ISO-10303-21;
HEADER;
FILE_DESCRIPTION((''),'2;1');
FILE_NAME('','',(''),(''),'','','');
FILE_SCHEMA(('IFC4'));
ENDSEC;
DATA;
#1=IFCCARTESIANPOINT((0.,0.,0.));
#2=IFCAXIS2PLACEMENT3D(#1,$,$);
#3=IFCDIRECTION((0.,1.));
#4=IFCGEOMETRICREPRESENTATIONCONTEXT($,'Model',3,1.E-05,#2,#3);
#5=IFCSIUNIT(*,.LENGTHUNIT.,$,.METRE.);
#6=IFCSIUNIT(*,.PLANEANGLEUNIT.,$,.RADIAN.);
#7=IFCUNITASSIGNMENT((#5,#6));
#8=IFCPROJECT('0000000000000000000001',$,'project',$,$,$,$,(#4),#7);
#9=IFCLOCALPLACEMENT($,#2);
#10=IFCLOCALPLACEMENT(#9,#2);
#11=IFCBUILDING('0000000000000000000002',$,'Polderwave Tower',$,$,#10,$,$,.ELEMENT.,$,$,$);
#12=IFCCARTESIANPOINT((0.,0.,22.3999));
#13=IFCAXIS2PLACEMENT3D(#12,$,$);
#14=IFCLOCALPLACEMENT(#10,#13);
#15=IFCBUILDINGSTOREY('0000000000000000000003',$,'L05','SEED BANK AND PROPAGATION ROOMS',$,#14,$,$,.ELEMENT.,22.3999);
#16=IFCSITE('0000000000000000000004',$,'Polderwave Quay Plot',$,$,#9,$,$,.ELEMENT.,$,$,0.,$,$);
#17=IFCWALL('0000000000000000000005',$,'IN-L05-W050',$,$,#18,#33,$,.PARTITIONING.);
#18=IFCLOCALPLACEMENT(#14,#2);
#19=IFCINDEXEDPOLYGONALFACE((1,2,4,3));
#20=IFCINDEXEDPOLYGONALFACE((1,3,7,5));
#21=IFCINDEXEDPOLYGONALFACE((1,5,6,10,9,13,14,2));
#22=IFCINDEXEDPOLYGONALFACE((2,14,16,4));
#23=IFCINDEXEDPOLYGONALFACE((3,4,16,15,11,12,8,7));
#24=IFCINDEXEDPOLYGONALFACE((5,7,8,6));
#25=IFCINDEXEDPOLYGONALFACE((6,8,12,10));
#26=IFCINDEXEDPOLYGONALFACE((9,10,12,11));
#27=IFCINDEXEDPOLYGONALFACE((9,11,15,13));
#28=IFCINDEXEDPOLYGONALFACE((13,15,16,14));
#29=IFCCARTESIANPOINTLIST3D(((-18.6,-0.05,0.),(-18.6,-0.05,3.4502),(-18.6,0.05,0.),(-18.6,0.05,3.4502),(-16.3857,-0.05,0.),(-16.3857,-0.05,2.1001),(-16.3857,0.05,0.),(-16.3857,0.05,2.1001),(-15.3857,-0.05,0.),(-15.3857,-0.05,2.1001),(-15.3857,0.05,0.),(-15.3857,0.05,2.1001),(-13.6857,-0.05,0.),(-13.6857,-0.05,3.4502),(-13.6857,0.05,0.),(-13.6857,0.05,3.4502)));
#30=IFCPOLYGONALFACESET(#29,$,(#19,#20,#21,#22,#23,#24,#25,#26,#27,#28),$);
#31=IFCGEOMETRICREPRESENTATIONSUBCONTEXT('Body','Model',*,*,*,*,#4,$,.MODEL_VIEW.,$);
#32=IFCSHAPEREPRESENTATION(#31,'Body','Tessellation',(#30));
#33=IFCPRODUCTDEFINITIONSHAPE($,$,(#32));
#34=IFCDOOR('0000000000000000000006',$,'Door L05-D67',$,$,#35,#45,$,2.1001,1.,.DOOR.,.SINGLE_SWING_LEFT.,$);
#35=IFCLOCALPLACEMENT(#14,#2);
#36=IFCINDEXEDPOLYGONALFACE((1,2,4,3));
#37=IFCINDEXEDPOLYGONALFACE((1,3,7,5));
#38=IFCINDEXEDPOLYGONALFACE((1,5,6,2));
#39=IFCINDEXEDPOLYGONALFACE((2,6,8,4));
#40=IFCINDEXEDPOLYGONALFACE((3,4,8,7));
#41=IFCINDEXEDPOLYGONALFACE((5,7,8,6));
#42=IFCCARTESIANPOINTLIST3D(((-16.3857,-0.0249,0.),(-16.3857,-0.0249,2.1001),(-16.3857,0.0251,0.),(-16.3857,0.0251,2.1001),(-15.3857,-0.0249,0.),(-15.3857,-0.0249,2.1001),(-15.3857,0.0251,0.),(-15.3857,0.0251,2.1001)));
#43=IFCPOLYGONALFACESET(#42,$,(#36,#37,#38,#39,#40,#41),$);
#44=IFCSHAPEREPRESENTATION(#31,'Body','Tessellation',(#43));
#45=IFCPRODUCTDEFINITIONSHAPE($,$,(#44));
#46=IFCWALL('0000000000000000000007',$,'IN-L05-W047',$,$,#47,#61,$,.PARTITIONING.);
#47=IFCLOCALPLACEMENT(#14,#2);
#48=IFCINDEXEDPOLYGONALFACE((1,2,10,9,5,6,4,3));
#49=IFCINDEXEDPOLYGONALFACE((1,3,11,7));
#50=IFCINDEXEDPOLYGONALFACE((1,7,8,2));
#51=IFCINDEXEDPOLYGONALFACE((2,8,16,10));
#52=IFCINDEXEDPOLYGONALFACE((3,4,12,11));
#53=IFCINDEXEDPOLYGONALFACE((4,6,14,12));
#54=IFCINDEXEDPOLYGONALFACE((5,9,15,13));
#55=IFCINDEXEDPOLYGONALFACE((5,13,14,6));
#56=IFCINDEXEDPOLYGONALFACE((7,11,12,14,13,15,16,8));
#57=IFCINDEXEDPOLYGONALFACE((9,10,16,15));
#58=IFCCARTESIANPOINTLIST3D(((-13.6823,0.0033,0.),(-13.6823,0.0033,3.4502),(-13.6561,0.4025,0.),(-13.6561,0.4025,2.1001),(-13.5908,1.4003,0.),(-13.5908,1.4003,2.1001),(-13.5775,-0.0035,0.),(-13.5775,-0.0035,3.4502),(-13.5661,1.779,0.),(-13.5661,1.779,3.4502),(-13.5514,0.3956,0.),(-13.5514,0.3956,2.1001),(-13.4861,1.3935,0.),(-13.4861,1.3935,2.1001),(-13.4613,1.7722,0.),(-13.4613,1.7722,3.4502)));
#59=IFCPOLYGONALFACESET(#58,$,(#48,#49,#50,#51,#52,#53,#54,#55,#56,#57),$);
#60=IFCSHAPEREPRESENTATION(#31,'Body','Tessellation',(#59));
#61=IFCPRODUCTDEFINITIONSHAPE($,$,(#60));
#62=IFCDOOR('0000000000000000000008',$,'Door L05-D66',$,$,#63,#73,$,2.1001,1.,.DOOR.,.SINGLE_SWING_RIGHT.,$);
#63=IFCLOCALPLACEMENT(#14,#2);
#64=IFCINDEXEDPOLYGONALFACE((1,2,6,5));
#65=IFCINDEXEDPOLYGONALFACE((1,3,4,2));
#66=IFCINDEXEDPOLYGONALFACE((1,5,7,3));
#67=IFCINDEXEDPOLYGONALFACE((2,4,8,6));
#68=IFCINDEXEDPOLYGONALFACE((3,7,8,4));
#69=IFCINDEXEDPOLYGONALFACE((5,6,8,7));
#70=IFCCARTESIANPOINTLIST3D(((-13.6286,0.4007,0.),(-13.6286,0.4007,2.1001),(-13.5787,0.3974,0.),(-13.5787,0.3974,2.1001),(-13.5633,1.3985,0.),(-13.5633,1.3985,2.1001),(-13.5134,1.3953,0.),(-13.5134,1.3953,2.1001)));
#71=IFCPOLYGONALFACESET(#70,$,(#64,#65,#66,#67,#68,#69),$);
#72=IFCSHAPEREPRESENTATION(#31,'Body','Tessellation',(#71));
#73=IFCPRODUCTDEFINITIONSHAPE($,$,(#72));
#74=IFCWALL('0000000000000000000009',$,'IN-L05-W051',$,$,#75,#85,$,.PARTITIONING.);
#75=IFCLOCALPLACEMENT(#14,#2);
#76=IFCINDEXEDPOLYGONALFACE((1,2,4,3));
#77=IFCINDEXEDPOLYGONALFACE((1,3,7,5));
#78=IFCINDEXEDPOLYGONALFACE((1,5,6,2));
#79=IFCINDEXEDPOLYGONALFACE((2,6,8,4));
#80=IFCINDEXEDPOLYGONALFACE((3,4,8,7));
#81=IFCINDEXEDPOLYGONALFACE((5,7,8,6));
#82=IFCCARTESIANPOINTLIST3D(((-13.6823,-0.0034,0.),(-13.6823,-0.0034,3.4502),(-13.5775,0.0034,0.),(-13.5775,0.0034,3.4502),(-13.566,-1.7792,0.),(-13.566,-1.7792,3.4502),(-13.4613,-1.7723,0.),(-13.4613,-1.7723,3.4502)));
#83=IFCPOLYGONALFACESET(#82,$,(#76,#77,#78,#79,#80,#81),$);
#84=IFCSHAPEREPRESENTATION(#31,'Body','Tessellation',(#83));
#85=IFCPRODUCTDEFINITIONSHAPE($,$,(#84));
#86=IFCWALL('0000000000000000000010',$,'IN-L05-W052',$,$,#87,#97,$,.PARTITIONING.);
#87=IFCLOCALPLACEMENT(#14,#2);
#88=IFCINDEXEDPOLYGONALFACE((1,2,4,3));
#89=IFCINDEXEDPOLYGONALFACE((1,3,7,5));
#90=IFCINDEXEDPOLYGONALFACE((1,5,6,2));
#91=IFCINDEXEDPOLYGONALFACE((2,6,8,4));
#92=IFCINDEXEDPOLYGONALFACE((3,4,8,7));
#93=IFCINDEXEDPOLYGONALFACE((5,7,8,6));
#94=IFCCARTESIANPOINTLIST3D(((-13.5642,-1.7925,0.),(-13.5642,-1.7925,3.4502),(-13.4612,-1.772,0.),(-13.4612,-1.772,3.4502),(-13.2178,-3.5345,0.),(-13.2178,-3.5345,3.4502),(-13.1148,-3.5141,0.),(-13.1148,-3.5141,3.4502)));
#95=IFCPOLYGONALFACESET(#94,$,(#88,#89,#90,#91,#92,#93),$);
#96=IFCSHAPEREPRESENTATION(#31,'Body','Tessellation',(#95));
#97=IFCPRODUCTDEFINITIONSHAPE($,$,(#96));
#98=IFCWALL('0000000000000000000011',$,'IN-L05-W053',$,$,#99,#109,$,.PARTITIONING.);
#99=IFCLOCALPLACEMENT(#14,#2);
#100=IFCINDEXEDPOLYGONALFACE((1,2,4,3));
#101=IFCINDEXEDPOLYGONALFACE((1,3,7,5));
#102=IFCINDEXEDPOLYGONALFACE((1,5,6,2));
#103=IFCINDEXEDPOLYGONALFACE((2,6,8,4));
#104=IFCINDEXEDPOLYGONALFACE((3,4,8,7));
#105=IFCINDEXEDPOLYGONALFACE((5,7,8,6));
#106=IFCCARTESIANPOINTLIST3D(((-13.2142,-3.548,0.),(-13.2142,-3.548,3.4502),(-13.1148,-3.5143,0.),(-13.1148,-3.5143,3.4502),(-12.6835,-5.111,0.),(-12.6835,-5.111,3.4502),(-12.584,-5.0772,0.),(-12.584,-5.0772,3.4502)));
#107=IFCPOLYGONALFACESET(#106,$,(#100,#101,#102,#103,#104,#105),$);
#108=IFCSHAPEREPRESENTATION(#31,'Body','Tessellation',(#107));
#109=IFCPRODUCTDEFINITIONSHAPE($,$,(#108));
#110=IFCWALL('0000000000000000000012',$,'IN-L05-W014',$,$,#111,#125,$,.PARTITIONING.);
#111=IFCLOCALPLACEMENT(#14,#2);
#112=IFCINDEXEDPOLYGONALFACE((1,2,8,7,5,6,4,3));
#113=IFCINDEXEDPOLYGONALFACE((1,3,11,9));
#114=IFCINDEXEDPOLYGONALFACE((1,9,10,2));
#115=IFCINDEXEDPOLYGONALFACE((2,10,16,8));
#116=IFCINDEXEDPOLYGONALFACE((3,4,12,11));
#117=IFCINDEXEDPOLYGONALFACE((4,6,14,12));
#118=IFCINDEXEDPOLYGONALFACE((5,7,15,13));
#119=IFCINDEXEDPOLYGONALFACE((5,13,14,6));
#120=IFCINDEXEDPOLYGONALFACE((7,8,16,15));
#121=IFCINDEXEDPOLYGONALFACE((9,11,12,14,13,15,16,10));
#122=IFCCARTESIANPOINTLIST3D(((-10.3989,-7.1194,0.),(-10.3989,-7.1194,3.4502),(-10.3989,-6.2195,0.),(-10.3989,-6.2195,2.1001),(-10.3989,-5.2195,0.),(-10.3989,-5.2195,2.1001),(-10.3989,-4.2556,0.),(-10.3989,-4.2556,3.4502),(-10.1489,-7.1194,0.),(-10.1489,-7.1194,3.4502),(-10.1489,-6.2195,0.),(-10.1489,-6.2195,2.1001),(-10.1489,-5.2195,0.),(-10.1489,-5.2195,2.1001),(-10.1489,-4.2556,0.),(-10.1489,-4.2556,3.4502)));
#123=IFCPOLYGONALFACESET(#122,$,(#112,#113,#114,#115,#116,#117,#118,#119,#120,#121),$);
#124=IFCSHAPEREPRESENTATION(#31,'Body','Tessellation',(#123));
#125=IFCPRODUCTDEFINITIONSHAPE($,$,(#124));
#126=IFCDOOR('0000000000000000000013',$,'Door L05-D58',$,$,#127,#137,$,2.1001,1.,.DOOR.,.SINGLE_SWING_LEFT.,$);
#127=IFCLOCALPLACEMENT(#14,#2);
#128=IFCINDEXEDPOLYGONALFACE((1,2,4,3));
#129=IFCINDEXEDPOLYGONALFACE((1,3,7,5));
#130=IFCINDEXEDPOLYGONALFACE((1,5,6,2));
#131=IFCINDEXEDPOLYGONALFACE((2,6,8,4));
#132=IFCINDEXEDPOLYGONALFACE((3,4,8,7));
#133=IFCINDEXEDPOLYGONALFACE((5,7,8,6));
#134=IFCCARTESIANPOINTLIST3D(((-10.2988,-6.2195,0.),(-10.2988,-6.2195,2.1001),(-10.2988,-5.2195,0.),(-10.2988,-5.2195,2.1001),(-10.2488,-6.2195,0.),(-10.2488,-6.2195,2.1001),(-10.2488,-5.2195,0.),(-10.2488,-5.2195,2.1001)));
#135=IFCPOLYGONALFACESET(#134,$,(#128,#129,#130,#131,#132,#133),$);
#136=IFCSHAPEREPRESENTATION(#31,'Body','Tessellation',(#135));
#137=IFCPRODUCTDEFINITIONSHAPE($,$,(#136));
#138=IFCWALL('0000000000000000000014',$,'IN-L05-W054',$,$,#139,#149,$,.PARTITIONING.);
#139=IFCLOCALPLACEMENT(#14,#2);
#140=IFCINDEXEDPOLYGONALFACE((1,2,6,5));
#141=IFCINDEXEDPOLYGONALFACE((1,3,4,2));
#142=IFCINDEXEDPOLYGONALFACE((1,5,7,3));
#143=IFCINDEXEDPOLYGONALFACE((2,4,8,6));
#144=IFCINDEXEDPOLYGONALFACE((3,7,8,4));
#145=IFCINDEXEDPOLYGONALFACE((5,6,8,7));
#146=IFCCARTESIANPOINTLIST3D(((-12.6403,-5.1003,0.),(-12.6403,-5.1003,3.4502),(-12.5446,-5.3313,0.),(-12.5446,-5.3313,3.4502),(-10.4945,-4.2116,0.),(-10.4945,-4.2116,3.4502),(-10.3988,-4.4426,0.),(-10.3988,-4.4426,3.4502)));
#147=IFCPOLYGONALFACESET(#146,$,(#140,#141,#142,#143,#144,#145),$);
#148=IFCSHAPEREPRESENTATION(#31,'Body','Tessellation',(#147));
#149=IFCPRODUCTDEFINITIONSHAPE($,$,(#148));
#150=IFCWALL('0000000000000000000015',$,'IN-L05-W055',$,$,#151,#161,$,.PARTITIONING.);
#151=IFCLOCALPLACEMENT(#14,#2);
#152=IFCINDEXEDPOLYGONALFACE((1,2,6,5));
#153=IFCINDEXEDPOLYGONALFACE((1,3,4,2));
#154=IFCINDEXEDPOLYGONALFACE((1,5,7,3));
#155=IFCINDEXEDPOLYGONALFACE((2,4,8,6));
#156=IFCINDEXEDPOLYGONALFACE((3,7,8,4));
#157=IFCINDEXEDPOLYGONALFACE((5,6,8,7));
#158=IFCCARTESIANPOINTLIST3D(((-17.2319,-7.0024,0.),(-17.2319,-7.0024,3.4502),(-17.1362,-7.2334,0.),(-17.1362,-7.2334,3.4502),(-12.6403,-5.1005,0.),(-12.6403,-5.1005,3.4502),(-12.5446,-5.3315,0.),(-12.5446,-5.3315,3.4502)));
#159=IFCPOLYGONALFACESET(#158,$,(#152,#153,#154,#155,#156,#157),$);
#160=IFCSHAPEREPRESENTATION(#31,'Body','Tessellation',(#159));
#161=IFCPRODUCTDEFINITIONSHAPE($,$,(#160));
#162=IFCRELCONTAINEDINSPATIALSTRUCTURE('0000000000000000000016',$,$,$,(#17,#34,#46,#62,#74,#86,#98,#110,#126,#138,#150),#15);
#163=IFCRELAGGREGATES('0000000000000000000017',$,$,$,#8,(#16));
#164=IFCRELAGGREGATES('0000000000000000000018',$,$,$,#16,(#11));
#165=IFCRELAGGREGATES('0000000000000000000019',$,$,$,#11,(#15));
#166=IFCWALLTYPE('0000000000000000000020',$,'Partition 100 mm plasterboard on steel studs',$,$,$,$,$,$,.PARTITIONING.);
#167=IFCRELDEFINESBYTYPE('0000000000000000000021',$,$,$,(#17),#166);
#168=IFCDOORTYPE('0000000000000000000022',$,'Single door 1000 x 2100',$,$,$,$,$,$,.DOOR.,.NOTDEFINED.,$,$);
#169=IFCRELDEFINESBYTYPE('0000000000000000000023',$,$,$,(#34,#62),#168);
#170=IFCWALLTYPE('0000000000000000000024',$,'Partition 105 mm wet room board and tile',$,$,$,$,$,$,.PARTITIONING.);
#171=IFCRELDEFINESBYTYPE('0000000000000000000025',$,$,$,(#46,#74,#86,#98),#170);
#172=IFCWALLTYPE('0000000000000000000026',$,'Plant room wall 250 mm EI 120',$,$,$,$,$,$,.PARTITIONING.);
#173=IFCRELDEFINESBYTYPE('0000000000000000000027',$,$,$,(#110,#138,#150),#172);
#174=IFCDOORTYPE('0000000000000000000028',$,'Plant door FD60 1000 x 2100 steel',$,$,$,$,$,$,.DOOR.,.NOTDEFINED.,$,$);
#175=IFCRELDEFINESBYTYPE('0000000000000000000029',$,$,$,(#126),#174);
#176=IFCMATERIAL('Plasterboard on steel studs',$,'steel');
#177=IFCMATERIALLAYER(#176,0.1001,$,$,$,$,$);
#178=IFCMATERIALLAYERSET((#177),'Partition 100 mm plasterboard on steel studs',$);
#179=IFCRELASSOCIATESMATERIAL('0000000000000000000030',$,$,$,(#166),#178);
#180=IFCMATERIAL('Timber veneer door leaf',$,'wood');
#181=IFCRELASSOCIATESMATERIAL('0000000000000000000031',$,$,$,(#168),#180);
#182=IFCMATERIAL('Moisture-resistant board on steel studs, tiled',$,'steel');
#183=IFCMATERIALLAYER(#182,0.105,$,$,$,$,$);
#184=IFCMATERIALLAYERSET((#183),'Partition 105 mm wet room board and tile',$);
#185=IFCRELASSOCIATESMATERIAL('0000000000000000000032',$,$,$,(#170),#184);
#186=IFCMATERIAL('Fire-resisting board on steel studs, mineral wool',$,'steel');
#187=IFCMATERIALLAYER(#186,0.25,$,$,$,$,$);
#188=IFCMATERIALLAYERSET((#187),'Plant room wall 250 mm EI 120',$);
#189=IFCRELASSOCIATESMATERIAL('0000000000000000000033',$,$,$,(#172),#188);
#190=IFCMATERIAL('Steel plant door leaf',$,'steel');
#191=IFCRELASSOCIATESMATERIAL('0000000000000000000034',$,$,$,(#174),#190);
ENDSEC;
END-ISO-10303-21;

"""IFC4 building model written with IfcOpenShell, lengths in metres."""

from ifc_helpers import new_model, si_unit, direction, frame, frame_2d, origin, place, context, subcontext, project, spatial, rectangle, extrude, material, layer, layer_set, type_object, element, fill, save


model = new_model("IFC4")

# Units and contexts
model_context = context("Model", 3, precision=1e-05, world=origin(), true_north=direction((0.0, 1.0)))
body_context = subcontext(model_context, "Body", "Model", "MODEL_VIEW")
ifc_project = project(units=[si_unit("LENGTHUNIT", "METRE"), si_unit("PLANEANGLEUNIT", "RADIAN")], contexts=[model_context])

# Site, building, storey
site_placement = place(None, origin())
site = spatial("IfcSite", under=ifc_project, at=site_placement, Name="Polderwave Quay Plot", CompositionType="ELEMENT", RefElevation=0.0)
building_placement = place(site_placement, origin())
building = spatial("IfcBuilding", under=site, at=building_placement, Name="Polderwave Tower", CompositionType="ELEMENT")
storey_placement = place(building_placement, frame((0.0, 0.0, 22.3999)))
storey = spatial("IfcBuildingStorey", under=building, at=storey_placement, Name="L05", Description="SEED BANK AND PROPAGATION ROOMS", CompositionType="ELEMENT", Elevation=22.3999)

# Walls, openings, doors
ifc_material_1 = material(Name="Plasterboard on steel studs", Category="steel")
ifc_layer_1 = layer(ifc_material_1, 0.1001)
ifc_layer_set_1 = layer_set([ifc_layer_1], Name="Partition 100 mm plasterboard on steel studs")
wall_type_1 = type_object("IfcWallType", Name="Partition 100 mm plasterboard on steel studs", PredefinedType="PARTITIONING", material=ifc_layer_set_1)
wall_1_placement = place(storey_placement, frame((-13.6858, 0.0, 0.0), z_axis=(0.0, 0.0, 1.0), x_axis=(-1.0, 0.0, 0.0)))
wall_1 = element("IfcWall", 1, at=wall_1_placement, inside=storey, type_object=wall_type_1, Name="IN-L05-W050", PredefinedType="PARTITIONING", context=body_context, shape_type="SweptSolid", body=[
    extrude(rectangle(XDim=4.9143, YDim=0.1001, at=frame_2d((2.457, 0.0))), origin(), (0.0, 0.0, 1.0), 3.4502),
])
opening_1_placement = place(wall_1_placement, frame((1.7, 0.0, 0.0)))
opening_1 = element("IfcOpeningElement", 2, at=opening_1_placement, cuts=wall_1, PredefinedType="OPENING", context=body_context, shape_type="SweptSolid", body=[
    extrude(rectangle(XDim=1.0, YDim=2.1001, at=frame_2d((0.5, 1.05))), frame((0.0, 0.0601, 0.0), z_axis=(0.0, -1.0, 0.0), x_axis=(1.0, 0.0, 0.0)), (0.0, 0.0, 1.0), 0.1201),
])
ifc_material_2 = material(Name="Timber veneer door leaf", Category="wood")
door_type_1 = type_object("IfcDoorType", Name="Single door 1000 x 2100", OperationType="NOTDEFINED", PredefinedType="DOOR", material=ifc_material_2)
door_1_placement = place(opening_1_placement, origin())
door_1 = element("IfcDoor", 3, at=door_1_placement, inside=storey, type_object=door_type_1, Name="Door L05-D67", OperationType="SINGLE_SWING_LEFT", OverallHeight=2.1001, OverallWidth=1.0, PredefinedType="DOOR", context=body_context, shape_type="SweptSolid", body=[
    extrude(rectangle(XDim=1.0, YDim=2.1001, at=frame_2d((0.5, 1.05))), frame((0.0, 0.0249, 0.0), z_axis=(0.0, -1.0, 0.0), x_axis=(1.0, 0.0, 0.0)), (0.0, 0.0, 1.0), 0.05),
])
fill(opening_1, door_1)
ifc_material_3 = material(Name="Moisture-resistant board on steel studs, tiled", Category="steel")
ifc_layer_2 = layer(ifc_material_3, 0.105)
ifc_layer_set_2 = layer_set([ifc_layer_2], Name="Partition 105 mm wet room board and tile")
wall_type_2 = type_object("IfcWallType", Name="Partition 105 mm wet room board and tile", PredefinedType="PARTITIONING", material=ifc_layer_set_2)
wall_2_placement = place(storey_placement, frame((-13.6299, 0.0, 0.0), z_axis=(0.0, 0.0, 1.0), x_axis=(0.065308, 0.997865, 0.0)))
wall_2 = element("IfcWall", 4, at=wall_2_placement, inside=storey, type_object=wall_type_2, Name="IN-L05-W047", PredefinedType="PARTITIONING", context=body_context, shape_type="SweptSolid", body=[
    extrude(rectangle(XDim=1.7795, YDim=0.105, at=frame_2d((0.8896, 0.0))), origin(), (0.0, 0.0, 1.0), 3.4502),
])
opening_2_placement = place(wall_2_placement, frame((0.3999, 0.0, 0.0)))
opening_2 = element("IfcOpeningElement", 5, at=opening_2_placement, cuts=wall_2, PredefinedType="OPENING", context=body_context, shape_type="SweptSolid", body=[
    extrude(rectangle(XDim=1.0, YDim=2.1001, at=frame_2d((0.5, 1.05))), frame((0.0, 0.0625, 0.0), z_axis=(0.0, -1.0, 0.0), x_axis=(1.0, 0.0, 0.0)), (0.0, 0.0, 1.0), 0.125),
])
door_2_placement = place(opening_2_placement, origin())
door_2 = element("IfcDoor", 6, at=door_2_placement, inside=storey, type_object=door_type_1, Name="Door L05-D66", OperationType="SINGLE_SWING_RIGHT", OverallHeight=2.1001, OverallWidth=1.0, PredefinedType="DOOR", context=body_context, shape_type="SweptSolid", body=[
    extrude(rectangle(XDim=1.0, YDim=2.1001, at=frame_2d((0.5, 1.05))), frame((0.0, 0.0249, 0.0), z_axis=(0.0, -1.0, 0.0), x_axis=(1.0, 0.0, 0.0)), (0.0, 0.0, 1.0), 0.05),
])
fill(opening_2, door_2)

# Walls
wall_3_placement = place(storey_placement, frame((-13.5137, -1.7756, 0.0), z_axis=(0.0, 0.0, 1.0), x_axis=(-0.065308, 0.997865, 0.0)))
element("IfcWall", 7, at=wall_3_placement, inside=storey, type_object=wall_type_2, Name="IN-L05-W051", PredefinedType="PARTITIONING", context=body_context, shape_type="SweptSolid", body=[
    extrude(rectangle(XDim=1.7795, YDim=0.105, at=frame_2d((0.8896, 0.0))), origin(), (0.0, 0.0, 1.0), 3.4502),
])
wall_4_placement = place(storey_placement, frame((-13.1663, -3.5244, 0.0), z_axis=(0.0, 0.0, 1.0), x_axis=(-0.195059, 0.980792, 0.0)))
element("IfcWall", 8, at=wall_4_placement, inside=storey, type_object=wall_type_2, Name="IN-L05-W052", PredefinedType="PARTITIONING", context=body_context, shape_type="SweptSolid", body=[
    extrude(rectangle(XDim=1.7761, YDim=0.105, at=frame_2d((0.8882, 0.0))), origin(), (0.0, 0.0, 1.0), 3.4502),
])
wall_5_placement = place(storey_placement, frame((-12.6338, -5.094, 0.0), z_axis=(0.0, 0.0, 1.0), x_axis=(-0.321547, 0.946893, 0.0)))
element("IfcWall", 9, at=wall_5_placement, inside=storey, type_object=wall_type_2, Name="IN-L05-W053", PredefinedType="PARTITIONING", context=body_context, shape_type="SweptSolid", body=[
    extrude(rectangle(XDim=1.6506, YDim=0.105, at=frame_2d((0.8252, 0.0))), origin(), (0.0, 0.0, 1.0), 3.4502),
])

# Wall, opening, door
ifc_material_4 = material(Name="Fire-resisting board on steel studs, mineral wool", Category="steel")
ifc_layer_3 = layer(ifc_material_4, 0.25)
ifc_layer_set_3 = layer_set([ifc_layer_3], Name="Plant room wall 250 mm EI 120")
wall_type_3 = type_object("IfcWallType", Name="Plant room wall 250 mm EI 120", PredefinedType="PARTITIONING", material=ifc_layer_set_3)
wall_6_placement = place(storey_placement, frame((-10.2739, -7.1194, 0.0), z_axis=(0.0, 0.0, 1.0), x_axis=(0.0, 1.0, 0.0)))
wall_6 = element("IfcWall", 10, at=wall_6_placement, inside=storey, type_object=wall_type_3, Name="IN-L05-W014", PredefinedType="PARTITIONING", context=body_context, shape_type="SweptSolid", body=[
    extrude(rectangle(XDim=2.8638, YDim=0.25, at=frame_2d((1.4319, 0.0))), origin(), (0.0, 0.0, 1.0), 3.4502),
])
opening_3_placement = place(wall_6_placement, frame((0.8999, 0.0, 0.0)))
opening_3 = element("IfcOpeningElement", 11, at=opening_3_placement, cuts=wall_6, PredefinedType="OPENING", context=body_context, shape_type="SweptSolid", body=[
    extrude(rectangle(XDim=1.0, YDim=2.1001, at=frame_2d((0.5, 1.05))), frame((0.0, 0.135, 0.0), z_axis=(0.0, -1.0, 0.0), x_axis=(1.0, 0.0, 0.0)), (0.0, 0.0, 1.0), 0.27),
])
ifc_material_5 = material(Name="Steel plant door leaf", Category="steel")
door_type_2 = type_object("IfcDoorType", Name="Plant door FD60 1000 x 2100 steel", OperationType="NOTDEFINED", PredefinedType="DOOR", material=ifc_material_5)
door_3_placement = place(opening_3_placement, origin())
door_3 = element("IfcDoor", 12, at=door_3_placement, inside=storey, type_object=door_type_2, Name="Door L05-D58", OperationType="SINGLE_SWING_LEFT", OverallHeight=2.1001, OverallWidth=1.0, PredefinedType="DOOR", context=body_context, shape_type="SweptSolid", body=[
    extrude(rectangle(XDim=1.0, YDim=2.1001, at=frame_2d((0.5, 1.05))), frame((0.0, 0.0249, 0.0), z_axis=(0.0, -1.0, 0.0), x_axis=(1.0, 0.0, 0.0)), (0.0, 0.0, 1.0), 0.05),
])
fill(opening_3, door_3)

# Walls
wall_7_placement = place(storey_placement, frame((-10.4468, -4.3271, 0.0), z_axis=(0.0, 0.0, 1.0), x_axis=(-0.923899, -0.382637, 0.0)))
element("IfcWall", 13, at=wall_7_placement, inside=storey, type_object=wall_type_3, Name="IN-L05-W054", PredefinedType="PARTITIONING", context=body_context, shape_type="SweptSolid", body=[
    extrude(rectangle(XDim=2.3225, YDim=0.25, at=frame_2d((1.1611, 0.0))), origin(), (0.0, 0.0, 1.0), 3.4502),
])
wall_8_placement = place(storey_placement, frame((-12.5925, -5.2161, 0.0), z_axis=(0.0, 0.0, 1.0), x_axis=(-0.923882, -0.382679, 0.0)))
element("IfcWall", 14, at=wall_8_placement, inside=storey, type_object=wall_type_3, Name="IN-L05-W055", PredefinedType="PARTITIONING", context=body_context, shape_type="SweptSolid", body=[
    extrude(rectangle(XDim=4.97, YDim=0.25, at=frame_2d((2.4849, 0.0))), origin(), (0.0, 0.0, 1.0), 3.4502),
])

save(model, "model.ifc")
